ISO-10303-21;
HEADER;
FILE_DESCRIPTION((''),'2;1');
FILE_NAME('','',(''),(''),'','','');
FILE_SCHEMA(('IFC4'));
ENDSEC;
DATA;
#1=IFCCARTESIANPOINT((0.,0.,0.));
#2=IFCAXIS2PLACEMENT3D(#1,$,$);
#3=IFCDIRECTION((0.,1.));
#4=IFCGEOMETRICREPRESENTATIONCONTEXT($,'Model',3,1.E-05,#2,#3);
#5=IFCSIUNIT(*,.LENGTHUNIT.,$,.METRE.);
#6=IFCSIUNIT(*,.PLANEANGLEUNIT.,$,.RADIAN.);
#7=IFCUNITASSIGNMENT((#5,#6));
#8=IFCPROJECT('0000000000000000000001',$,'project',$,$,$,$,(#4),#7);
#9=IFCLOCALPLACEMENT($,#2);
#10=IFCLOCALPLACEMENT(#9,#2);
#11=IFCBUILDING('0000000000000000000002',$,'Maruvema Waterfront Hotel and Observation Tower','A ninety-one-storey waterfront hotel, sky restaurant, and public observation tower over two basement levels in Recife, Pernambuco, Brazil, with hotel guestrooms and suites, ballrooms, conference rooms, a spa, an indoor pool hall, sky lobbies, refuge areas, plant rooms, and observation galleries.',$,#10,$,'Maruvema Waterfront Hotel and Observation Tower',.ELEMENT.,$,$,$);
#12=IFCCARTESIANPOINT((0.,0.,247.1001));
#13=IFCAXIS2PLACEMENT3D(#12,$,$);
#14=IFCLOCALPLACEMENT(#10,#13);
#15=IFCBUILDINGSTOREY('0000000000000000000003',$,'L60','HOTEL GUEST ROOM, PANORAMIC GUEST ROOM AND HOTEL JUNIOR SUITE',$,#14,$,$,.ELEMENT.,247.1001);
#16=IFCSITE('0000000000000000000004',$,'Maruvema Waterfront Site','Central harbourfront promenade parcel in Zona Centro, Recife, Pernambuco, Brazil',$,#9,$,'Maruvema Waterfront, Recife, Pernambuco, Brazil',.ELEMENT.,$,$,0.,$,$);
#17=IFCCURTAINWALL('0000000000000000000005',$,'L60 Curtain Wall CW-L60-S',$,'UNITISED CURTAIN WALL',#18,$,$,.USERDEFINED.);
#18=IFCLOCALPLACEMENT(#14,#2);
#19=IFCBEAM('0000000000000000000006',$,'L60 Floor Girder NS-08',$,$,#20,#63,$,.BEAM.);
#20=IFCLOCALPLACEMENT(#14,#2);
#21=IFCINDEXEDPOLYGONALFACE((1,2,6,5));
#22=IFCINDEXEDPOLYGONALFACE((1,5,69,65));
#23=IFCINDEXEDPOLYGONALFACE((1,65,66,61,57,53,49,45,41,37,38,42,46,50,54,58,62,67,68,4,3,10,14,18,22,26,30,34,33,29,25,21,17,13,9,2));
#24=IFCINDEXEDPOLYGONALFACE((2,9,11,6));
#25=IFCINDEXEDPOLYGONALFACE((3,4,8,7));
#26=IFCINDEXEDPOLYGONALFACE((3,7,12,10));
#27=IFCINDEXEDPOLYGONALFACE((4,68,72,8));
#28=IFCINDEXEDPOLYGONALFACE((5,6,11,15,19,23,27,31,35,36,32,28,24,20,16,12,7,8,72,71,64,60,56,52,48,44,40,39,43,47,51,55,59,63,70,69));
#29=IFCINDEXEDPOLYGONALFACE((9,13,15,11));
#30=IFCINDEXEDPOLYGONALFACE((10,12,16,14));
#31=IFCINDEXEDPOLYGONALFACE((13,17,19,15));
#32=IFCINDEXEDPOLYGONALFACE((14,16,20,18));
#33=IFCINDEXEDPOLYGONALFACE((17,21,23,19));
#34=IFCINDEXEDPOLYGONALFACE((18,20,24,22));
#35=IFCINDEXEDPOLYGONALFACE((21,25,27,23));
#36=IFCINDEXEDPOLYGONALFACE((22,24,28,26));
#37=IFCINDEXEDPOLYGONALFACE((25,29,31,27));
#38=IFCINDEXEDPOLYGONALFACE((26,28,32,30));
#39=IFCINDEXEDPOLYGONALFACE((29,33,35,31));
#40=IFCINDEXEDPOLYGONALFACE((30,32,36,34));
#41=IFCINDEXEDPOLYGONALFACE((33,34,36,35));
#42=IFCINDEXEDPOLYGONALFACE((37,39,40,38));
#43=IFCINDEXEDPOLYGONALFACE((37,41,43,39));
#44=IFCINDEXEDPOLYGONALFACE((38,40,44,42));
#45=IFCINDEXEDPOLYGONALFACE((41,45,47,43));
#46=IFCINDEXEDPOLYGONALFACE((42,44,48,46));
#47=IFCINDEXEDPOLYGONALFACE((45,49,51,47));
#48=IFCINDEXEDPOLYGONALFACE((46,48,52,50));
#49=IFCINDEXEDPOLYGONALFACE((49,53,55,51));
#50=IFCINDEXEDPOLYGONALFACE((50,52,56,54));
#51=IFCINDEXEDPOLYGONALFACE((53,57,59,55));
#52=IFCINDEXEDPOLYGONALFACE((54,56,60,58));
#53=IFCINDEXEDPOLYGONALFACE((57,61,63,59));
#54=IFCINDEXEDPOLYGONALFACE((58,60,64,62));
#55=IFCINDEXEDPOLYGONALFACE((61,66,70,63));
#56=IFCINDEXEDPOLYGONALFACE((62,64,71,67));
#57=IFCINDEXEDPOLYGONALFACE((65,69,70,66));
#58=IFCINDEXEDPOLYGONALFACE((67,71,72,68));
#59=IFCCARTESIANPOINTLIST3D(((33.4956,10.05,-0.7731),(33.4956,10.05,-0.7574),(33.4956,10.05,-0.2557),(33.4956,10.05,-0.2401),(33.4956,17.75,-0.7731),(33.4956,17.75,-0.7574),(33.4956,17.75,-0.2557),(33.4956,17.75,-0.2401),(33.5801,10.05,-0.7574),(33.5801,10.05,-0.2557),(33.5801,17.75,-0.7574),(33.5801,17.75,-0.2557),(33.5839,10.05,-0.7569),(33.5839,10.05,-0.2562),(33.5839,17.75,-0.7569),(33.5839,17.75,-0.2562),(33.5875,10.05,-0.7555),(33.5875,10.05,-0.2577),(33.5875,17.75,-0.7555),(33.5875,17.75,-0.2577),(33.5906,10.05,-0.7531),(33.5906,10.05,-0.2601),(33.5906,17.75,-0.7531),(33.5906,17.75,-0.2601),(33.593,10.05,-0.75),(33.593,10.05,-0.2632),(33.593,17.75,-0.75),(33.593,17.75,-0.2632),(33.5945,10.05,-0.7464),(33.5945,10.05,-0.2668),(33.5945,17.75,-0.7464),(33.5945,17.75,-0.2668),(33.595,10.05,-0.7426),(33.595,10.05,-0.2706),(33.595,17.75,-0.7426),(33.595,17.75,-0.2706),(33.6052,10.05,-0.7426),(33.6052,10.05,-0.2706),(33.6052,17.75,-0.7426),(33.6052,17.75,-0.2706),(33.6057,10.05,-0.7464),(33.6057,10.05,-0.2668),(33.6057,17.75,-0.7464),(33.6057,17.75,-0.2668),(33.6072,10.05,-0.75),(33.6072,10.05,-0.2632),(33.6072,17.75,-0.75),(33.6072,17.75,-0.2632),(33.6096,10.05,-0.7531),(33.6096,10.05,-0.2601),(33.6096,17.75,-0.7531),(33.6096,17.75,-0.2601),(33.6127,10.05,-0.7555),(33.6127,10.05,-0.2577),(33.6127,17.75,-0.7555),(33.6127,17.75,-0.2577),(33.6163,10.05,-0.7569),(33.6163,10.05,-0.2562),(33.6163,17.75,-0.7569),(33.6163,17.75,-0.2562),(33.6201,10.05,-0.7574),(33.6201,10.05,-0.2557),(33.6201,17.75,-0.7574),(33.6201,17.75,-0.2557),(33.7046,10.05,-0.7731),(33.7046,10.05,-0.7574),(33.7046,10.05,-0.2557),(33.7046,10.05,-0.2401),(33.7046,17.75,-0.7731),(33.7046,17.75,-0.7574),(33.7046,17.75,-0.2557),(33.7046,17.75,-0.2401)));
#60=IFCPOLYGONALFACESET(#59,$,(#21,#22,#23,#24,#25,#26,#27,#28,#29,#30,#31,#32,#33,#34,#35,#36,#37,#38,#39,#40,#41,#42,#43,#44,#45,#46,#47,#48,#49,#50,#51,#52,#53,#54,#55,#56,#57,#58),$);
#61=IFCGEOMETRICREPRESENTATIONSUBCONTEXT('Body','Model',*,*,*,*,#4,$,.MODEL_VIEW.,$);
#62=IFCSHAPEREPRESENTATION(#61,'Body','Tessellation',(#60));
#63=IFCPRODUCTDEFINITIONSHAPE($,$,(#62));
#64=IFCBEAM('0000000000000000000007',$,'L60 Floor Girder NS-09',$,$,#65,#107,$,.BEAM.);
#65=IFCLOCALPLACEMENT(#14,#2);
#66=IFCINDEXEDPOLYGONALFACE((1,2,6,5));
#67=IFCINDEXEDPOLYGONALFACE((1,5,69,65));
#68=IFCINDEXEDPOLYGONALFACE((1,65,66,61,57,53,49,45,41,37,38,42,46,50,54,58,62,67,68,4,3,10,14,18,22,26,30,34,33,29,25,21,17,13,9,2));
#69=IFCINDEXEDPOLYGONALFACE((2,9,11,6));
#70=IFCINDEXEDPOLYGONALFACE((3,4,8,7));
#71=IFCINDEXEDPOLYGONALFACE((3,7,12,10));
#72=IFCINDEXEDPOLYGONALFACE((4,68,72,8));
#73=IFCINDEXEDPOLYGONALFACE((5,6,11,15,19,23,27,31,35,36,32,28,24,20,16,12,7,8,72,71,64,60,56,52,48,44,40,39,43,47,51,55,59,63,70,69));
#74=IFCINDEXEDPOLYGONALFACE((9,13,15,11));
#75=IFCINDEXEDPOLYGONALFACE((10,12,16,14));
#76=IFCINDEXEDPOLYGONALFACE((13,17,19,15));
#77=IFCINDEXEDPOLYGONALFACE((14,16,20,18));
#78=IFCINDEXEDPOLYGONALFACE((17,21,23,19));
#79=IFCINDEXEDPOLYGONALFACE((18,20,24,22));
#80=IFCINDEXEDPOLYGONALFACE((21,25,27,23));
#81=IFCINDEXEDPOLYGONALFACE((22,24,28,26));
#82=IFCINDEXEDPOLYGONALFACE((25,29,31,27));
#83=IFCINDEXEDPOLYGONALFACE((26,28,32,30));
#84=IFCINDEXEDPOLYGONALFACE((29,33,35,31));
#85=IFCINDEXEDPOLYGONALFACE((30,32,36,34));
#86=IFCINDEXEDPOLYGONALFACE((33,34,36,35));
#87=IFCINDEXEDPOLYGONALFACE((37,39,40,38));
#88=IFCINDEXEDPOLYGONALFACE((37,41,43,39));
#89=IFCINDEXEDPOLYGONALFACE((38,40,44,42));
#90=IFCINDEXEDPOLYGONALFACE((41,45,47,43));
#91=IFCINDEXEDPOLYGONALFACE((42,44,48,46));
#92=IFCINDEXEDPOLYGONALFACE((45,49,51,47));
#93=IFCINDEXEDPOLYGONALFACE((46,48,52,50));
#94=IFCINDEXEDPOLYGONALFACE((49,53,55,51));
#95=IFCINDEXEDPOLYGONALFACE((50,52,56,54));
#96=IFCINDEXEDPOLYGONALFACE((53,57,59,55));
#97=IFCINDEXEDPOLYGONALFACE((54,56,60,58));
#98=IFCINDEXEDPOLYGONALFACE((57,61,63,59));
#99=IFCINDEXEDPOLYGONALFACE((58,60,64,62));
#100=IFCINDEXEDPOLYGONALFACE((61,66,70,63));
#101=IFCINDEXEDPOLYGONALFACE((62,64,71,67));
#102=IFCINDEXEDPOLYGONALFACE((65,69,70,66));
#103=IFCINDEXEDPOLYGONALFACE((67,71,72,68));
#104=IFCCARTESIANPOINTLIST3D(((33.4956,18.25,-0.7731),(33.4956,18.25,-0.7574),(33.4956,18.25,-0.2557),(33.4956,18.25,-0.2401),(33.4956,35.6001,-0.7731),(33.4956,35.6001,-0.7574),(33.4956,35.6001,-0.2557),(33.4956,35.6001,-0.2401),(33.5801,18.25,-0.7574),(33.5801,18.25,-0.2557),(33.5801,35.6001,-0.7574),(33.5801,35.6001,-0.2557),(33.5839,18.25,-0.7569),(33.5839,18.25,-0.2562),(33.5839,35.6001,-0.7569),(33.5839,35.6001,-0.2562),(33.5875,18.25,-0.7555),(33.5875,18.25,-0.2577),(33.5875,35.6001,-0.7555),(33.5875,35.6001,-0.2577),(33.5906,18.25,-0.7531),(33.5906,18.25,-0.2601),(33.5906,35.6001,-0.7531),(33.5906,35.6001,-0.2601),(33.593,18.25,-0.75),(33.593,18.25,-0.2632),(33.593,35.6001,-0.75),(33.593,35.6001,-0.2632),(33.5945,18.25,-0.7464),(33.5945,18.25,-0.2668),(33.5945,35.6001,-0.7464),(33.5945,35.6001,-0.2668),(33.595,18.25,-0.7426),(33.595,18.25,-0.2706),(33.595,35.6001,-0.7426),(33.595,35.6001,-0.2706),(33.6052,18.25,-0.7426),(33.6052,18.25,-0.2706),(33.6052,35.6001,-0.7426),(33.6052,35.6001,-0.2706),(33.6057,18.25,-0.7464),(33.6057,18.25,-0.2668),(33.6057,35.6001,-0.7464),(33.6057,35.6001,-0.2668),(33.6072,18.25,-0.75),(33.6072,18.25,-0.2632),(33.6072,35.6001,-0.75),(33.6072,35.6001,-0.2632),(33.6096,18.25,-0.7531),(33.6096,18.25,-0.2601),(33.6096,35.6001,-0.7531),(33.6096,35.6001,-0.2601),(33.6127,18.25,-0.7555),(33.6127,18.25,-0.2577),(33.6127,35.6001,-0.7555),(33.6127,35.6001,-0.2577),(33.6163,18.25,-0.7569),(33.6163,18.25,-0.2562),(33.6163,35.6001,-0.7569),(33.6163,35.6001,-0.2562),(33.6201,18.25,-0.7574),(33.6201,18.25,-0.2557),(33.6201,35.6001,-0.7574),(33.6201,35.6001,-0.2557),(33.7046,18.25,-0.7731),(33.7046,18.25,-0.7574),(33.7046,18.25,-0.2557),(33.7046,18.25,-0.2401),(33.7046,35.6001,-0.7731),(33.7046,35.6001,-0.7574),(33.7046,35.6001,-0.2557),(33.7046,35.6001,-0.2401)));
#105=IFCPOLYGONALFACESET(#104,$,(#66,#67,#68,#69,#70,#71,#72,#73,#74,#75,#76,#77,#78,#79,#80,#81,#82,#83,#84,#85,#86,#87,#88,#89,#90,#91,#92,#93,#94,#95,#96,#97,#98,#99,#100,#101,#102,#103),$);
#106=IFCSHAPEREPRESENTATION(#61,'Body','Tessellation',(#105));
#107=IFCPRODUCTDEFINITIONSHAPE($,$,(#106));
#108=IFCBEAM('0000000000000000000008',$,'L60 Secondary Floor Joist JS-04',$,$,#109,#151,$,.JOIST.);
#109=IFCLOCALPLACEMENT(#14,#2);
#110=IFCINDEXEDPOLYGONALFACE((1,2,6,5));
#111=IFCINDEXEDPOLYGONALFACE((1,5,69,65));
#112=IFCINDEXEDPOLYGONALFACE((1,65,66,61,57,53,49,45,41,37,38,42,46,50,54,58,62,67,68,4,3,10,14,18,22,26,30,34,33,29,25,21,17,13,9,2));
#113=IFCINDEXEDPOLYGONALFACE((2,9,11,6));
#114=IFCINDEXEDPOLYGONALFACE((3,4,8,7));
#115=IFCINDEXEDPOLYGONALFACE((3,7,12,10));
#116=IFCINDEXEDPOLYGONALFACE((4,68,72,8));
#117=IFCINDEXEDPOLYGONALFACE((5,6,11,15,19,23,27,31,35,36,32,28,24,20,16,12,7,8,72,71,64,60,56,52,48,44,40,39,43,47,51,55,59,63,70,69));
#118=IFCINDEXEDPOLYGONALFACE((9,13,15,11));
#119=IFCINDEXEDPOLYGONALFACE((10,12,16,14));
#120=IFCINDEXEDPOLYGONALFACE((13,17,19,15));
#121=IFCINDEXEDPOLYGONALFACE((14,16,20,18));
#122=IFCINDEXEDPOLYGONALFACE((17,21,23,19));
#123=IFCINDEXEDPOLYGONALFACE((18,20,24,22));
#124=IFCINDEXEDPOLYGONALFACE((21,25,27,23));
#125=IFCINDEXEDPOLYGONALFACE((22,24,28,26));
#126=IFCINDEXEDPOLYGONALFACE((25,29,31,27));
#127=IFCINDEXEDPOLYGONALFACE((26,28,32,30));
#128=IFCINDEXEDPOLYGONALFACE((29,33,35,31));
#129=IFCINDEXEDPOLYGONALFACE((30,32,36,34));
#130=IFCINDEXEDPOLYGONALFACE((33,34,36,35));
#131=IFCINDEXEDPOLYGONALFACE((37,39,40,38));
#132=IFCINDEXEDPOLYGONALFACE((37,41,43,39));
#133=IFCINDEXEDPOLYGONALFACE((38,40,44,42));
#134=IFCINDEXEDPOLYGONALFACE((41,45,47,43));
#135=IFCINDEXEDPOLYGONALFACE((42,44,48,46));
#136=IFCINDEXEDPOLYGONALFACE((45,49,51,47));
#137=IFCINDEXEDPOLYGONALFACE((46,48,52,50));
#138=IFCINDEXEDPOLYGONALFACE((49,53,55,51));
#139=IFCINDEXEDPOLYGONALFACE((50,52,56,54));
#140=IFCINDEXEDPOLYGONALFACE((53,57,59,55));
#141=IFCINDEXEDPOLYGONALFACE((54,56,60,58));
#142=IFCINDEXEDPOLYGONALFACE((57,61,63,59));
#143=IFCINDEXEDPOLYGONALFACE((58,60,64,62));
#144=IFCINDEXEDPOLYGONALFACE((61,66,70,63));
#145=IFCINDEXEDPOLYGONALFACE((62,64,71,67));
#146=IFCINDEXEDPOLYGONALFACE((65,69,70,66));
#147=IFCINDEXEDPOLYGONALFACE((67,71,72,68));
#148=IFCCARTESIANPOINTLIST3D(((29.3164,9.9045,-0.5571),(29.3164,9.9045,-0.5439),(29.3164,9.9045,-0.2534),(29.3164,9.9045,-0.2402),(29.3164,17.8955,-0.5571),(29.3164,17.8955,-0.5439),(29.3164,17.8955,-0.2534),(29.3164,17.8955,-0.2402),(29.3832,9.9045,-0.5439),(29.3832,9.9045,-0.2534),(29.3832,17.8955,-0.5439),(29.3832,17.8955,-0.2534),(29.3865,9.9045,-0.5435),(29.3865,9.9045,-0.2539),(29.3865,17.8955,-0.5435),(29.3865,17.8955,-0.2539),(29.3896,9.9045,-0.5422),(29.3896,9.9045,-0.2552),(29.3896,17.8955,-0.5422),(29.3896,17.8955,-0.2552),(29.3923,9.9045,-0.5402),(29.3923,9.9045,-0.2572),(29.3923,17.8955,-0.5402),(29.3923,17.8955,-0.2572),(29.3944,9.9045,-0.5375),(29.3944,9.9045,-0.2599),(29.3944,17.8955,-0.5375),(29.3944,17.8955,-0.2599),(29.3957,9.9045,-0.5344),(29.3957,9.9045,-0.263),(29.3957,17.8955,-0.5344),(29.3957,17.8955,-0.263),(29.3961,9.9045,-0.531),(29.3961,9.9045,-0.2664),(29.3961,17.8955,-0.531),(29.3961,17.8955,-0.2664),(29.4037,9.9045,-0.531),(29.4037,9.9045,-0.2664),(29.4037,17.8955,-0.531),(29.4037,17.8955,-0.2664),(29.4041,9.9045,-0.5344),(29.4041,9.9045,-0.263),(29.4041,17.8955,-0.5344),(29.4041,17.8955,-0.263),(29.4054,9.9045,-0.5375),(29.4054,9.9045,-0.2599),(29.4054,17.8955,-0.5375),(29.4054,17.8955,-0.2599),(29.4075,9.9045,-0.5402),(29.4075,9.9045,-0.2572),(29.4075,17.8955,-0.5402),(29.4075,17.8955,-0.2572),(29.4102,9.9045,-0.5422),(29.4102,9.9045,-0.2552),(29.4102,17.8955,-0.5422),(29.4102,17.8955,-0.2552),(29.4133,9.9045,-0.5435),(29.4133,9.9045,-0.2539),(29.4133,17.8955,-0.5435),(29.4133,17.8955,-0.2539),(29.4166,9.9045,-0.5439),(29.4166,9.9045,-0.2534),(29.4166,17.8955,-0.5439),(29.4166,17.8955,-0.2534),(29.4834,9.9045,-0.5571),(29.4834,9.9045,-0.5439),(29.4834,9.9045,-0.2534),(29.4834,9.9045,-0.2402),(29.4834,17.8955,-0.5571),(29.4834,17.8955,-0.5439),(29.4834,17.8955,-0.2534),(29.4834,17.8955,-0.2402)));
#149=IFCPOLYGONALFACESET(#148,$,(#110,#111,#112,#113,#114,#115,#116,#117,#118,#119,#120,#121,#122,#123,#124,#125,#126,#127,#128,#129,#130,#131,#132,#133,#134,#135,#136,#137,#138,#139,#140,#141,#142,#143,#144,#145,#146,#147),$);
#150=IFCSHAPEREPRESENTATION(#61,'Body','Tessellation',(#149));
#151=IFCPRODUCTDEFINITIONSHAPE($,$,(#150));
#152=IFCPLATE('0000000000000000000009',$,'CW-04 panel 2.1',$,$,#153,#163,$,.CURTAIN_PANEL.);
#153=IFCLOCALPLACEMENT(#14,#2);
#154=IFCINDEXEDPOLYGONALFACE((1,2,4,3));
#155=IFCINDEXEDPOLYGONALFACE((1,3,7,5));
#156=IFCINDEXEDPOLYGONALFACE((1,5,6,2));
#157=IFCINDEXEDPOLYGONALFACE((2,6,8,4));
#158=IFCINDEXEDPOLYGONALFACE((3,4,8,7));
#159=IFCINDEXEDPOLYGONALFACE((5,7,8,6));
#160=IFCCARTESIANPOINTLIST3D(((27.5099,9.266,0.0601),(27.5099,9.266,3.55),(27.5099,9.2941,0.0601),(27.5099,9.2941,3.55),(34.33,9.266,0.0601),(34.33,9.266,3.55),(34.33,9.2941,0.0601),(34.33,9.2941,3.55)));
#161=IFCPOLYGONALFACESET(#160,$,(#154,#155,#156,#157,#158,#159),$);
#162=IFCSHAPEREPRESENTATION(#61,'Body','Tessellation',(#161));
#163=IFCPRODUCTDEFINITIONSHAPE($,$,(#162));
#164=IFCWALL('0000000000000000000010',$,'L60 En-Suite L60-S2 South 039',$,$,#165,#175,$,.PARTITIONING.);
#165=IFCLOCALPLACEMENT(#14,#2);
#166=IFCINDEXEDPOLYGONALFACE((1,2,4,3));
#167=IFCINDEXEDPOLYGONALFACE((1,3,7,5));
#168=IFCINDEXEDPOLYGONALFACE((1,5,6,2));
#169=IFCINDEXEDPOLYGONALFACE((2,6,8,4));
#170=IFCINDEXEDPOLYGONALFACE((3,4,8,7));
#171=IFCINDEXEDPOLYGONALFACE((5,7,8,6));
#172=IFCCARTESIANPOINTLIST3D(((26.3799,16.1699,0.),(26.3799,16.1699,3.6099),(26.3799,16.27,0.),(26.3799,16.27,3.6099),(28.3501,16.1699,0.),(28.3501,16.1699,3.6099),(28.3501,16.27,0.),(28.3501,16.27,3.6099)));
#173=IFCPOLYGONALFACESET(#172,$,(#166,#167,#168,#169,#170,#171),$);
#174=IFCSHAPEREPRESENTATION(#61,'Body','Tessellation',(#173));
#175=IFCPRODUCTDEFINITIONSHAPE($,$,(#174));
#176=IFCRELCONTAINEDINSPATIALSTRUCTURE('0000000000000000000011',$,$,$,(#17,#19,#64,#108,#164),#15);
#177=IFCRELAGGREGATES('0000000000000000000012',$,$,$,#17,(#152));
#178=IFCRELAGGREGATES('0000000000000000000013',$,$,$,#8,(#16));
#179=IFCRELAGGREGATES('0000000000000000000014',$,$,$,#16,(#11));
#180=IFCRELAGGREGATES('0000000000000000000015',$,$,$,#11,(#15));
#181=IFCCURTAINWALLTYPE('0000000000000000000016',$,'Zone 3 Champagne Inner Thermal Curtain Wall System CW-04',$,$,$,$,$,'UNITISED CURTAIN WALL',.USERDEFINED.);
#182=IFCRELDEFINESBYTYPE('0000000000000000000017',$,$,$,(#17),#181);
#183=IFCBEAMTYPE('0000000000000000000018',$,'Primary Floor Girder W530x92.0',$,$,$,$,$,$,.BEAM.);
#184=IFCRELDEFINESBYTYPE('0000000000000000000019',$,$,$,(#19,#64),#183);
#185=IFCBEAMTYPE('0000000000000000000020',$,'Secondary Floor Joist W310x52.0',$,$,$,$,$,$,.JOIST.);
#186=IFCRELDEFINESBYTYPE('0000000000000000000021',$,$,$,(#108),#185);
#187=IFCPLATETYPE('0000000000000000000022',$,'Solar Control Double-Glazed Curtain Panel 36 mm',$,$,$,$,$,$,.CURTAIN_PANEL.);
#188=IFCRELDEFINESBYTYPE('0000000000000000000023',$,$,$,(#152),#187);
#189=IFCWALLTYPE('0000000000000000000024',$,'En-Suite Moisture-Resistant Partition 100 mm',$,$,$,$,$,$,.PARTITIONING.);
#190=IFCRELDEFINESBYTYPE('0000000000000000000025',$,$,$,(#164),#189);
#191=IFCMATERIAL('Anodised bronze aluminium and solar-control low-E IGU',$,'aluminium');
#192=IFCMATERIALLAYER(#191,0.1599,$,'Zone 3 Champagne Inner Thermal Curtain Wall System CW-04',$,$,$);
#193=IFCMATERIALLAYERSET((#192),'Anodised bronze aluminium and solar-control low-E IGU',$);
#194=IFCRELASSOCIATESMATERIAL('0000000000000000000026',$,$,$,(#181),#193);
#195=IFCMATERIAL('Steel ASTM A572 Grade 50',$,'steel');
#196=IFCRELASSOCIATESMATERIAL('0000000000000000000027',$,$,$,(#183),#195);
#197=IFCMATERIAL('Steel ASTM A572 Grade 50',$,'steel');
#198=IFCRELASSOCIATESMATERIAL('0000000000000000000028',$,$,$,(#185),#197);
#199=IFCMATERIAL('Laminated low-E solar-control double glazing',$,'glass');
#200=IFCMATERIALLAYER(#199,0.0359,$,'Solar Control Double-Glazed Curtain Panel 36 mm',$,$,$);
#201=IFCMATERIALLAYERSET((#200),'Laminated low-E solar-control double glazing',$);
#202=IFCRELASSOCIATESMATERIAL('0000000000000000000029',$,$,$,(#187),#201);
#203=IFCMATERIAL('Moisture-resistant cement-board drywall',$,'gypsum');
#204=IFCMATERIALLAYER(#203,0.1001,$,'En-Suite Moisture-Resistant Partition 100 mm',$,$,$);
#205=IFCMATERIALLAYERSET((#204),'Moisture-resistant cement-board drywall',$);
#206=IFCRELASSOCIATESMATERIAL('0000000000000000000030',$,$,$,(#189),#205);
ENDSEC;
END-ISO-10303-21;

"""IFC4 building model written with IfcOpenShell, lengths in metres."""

from ifc_helpers import new_model, si_unit, direction, frame, frame_2d, origin, origin_2d, place, context, subcontext, project, spatial, rectangle, i_section, extrude, material, layer, layer_set, material_profile, profile_set, type_object, element, aggregate, save


model = new_model("IFC4")

# Units and contexts
model_context = context("Model", 3, precision=1e-05, world=origin(), true_north=direction((0.0, 1.0)))
body_context = subcontext(model_context, "Body", "Model", "MODEL_VIEW")
ifc_project = project(units=[si_unit("LENGTHUNIT", "METRE"), si_unit("PLANEANGLEUNIT", "RADIAN")], contexts=[model_context])

# Site, building, storey
site_placement = place(None, origin())
site = spatial("IfcSite", under=ifc_project, at=site_placement, Name="Maruvema Waterfront Site", Description="Central harbourfront promenade parcel in Zona Centro, Recife, Pernambuco, Brazil", LongName="Maruvema Waterfront, Recife, Pernambuco, Brazil", CompositionType="ELEMENT", RefElevation=0.0)
building_placement = place(site_placement, origin())
building = spatial("IfcBuilding", under=site, at=building_placement, Name="Maruvema Waterfront Hotel and Observation Tower", Description="A ninety-one-storey waterfront hotel, sky restaurant, and public observation tower over two basement levels in Recife, Pernambuco, Brazil, with hotel guestrooms and suites, ballrooms, conference rooms, a spa, an indoor pool hall, sky lobbies, refuge areas, plant rooms, and observation galleries.", LongName="Maruvema Waterfront Hotel and Observation Tower", CompositionType="ELEMENT")
storey_placement = place(building_placement, frame((0.0, 0.0, 247.1001)))
storey = spatial("IfcBuildingStorey", under=building, at=storey_placement, Name="L60", Description="HOTEL GUEST ROOM, PANORAMIC GUEST ROOM AND HOTEL JUNIOR SUITE", CompositionType="ELEMENT", Elevation=247.1001)

# Curtain wall
ifc_material_1 = material(Name="Anodised bronze aluminium and solar-control low-E IGU", Category="aluminium")
ifc_layer_1 = layer(ifc_material_1, 0.1599, Name="Zone 3 Champagne Inner Thermal Curtain Wall System CW-04")
ifc_layer_set_1 = layer_set([ifc_layer_1], Name="Anodised bronze aluminium and solar-control low-E IGU")
curtain_wall_type = type_object("IfcCurtainWallType", Name="Zone 3 Champagne Inner Thermal Curtain Wall System CW-04", ElementType="UNITISED CURTAIN WALL", PredefinedType="USERDEFINED", material=ifc_layer_set_1)
curtain_wall_placement = place(storey_placement, origin())
curtain_wall = element("IfcCurtainWall", 1, at=curtain_wall_placement, inside=storey, type_object=curtain_wall_type, Name="L60 Curtain Wall CW-L60-S", ObjectType="UNITISED CURTAIN WALL", PredefinedType="USERDEFINED")

# Beams
ifc_material_2 = material(Name="Steel ASTM A572 Grade 50", Category="steel")
ifc_material_profile_1 = material_profile(ifc_material_2, i_section(OverallWidth=0.209, OverallDepth=0.533, WebThickness=0.0103, FlangeThickness=0.0156, FilletRadius=0.0149, at=origin_2d()), Name="W530x92.0")
ifc_profile_set_1 = profile_set([ifc_material_profile_1], Name="Steel ASTM A572 Grade 50")
beam_type_1 = type_object("IfcBeamType", Name="Primary Floor Girder W530x92.0", PredefinedType="BEAM", material=ifc_profile_set_1)
beam_1_placement = place(storey_placement, frame((33.6001, 10.05, -0.5066), z_axis=(0.0, 1.0, 0.0), x_axis=(-1.0, 0.0, 0.0)))
element("IfcBeam", 2, at=beam_1_placement, inside=storey, type_object=beam_type_1, Name="L60 Floor Girder NS-08", PredefinedType="BEAM", context=body_context, shape_type="SweptSolid", body=[
    extrude(i_section(OverallWidth=0.209, OverallDepth=0.533, WebThickness=0.0103, FlangeThickness=0.0156, FilletRadius=0.0149, at=origin_2d()), origin(), (0.0, 0.0, 1.0), 7.7),
])
beam_2_placement = place(storey_placement, frame((33.6001, 18.25, -0.5066), z_axis=(0.0, 1.0, 0.0), x_axis=(-1.0, 0.0, 0.0)))
element("IfcBeam", 3, at=beam_2_placement, inside=storey, type_object=beam_type_1, Name="L60 Floor Girder NS-09", PredefinedType="BEAM", context=body_context, shape_type="SweptSolid", body=[
    extrude(i_section(OverallWidth=0.209, OverallDepth=0.533, WebThickness=0.0103, FlangeThickness=0.0156, FilletRadius=0.0149, at=origin_2d()), origin(), (0.0, 0.0, 1.0), 17.3501),
])
ifc_material_3 = material(Name="Steel ASTM A572 Grade 50", Category="steel")
ifc_material_profile_2 = material_profile(ifc_material_3, i_section(OverallWidth=0.167, OverallDepth=0.3169, WebThickness=0.0076, FlangeThickness=0.0132, FilletRadius=0.0129, at=origin_2d()), Name="W310x52.0")
ifc_profile_set_2 = profile_set([ifc_material_profile_2], Name="Steel ASTM A572 Grade 50")
beam_type_2 = type_object("IfcBeamType", Name="Secondary Floor Joist W310x52.0", PredefinedType="JOIST", material=ifc_profile_set_2)
beam_3_placement = place(storey_placement, frame((29.3999, 9.9045, -0.3987), z_axis=(0.0, 1.0, 0.0), x_axis=(-1.0, 0.0, 0.0)))
element("IfcBeam", 4, at=beam_3_placement, inside=storey, type_object=beam_type_2, Name="L60 Secondary Floor Joist JS-04", PredefinedType="JOIST", context=body_context, shape_type="SweptSolid", body=[
    extrude(i_section(OverallWidth=0.167, OverallDepth=0.3169, WebThickness=0.0076, FlangeThickness=0.0132, FilletRadius=0.0129, at=origin_2d()), origin(), (0.0, 0.0, 1.0), 7.991),
])

# Plate
ifc_material_4 = material(Name="Laminated low-E solar-control double glazing", Category="glass")
ifc_layer_2 = layer(ifc_material_4, 0.0359, Name="Solar Control Double-Glazed Curtain Panel 36 mm")
ifc_layer_set_2 = layer_set([ifc_layer_2], Name="Laminated low-E solar-control double glazing")
plate_type = type_object("IfcPlateType", Name="Solar Control Double-Glazed Curtain Panel 36 mm", PredefinedType="CURTAIN_PANEL", material=ifc_layer_set_2)
plate_placement = place(storey_placement, frame((30.9199, 9.28, 0.0601), z_axis=(0.0, 0.0, 1.0), x_axis=(1.0, 0.0, 0.0)))
plate = element("IfcPlate", 5, at=plate_placement, type_object=plate_type, Name="CW-04 panel 2.1", PredefinedType="CURTAIN_PANEL", context=body_context, shape_type="SweptSolid", body=[
    extrude(rectangle(XDim=6.8201, YDim=0.0281, at=origin_2d()), origin(), (0.0, 0.0, 1.0), 3.49),
])
aggregate(curtain_wall, [plate])

# Wall
ifc_material_5 = material(Name="Moisture-resistant cement-board drywall", Category="gypsum")
ifc_layer_3 = layer(ifc_material_5, 0.1001, Name="En-Suite Moisture-Resistant Partition 100 mm")
ifc_layer_set_3 = layer_set([ifc_layer_3], Name="Moisture-resistant cement-board drywall")
wall_type_1 = type_object("IfcWallType", Name="En-Suite Moisture-Resistant Partition 100 mm", PredefinedType="PARTITIONING", material=ifc_layer_set_3)
wall_1_placement = place(storey_placement, frame((26.3799, 16.22, 0.0), z_axis=(0.0, 0.0, 1.0), x_axis=(1.0, 0.0, 0.0)))
element("IfcWall", 6, at=wall_1_placement, inside=storey, type_object=wall_type_1, Name="L60 En-Suite L60-S2 South 039", PredefinedType="PARTITIONING", context=body_context, shape_type="SweptSolid", body=[
    extrude(rectangle(XDim=1.9702, YDim=0.1001, at=frame_2d((0.9851, 0.0))), origin(), (0.0, 0.0, 1.0), 3.6099),
])

save(model, "model.ifc")
